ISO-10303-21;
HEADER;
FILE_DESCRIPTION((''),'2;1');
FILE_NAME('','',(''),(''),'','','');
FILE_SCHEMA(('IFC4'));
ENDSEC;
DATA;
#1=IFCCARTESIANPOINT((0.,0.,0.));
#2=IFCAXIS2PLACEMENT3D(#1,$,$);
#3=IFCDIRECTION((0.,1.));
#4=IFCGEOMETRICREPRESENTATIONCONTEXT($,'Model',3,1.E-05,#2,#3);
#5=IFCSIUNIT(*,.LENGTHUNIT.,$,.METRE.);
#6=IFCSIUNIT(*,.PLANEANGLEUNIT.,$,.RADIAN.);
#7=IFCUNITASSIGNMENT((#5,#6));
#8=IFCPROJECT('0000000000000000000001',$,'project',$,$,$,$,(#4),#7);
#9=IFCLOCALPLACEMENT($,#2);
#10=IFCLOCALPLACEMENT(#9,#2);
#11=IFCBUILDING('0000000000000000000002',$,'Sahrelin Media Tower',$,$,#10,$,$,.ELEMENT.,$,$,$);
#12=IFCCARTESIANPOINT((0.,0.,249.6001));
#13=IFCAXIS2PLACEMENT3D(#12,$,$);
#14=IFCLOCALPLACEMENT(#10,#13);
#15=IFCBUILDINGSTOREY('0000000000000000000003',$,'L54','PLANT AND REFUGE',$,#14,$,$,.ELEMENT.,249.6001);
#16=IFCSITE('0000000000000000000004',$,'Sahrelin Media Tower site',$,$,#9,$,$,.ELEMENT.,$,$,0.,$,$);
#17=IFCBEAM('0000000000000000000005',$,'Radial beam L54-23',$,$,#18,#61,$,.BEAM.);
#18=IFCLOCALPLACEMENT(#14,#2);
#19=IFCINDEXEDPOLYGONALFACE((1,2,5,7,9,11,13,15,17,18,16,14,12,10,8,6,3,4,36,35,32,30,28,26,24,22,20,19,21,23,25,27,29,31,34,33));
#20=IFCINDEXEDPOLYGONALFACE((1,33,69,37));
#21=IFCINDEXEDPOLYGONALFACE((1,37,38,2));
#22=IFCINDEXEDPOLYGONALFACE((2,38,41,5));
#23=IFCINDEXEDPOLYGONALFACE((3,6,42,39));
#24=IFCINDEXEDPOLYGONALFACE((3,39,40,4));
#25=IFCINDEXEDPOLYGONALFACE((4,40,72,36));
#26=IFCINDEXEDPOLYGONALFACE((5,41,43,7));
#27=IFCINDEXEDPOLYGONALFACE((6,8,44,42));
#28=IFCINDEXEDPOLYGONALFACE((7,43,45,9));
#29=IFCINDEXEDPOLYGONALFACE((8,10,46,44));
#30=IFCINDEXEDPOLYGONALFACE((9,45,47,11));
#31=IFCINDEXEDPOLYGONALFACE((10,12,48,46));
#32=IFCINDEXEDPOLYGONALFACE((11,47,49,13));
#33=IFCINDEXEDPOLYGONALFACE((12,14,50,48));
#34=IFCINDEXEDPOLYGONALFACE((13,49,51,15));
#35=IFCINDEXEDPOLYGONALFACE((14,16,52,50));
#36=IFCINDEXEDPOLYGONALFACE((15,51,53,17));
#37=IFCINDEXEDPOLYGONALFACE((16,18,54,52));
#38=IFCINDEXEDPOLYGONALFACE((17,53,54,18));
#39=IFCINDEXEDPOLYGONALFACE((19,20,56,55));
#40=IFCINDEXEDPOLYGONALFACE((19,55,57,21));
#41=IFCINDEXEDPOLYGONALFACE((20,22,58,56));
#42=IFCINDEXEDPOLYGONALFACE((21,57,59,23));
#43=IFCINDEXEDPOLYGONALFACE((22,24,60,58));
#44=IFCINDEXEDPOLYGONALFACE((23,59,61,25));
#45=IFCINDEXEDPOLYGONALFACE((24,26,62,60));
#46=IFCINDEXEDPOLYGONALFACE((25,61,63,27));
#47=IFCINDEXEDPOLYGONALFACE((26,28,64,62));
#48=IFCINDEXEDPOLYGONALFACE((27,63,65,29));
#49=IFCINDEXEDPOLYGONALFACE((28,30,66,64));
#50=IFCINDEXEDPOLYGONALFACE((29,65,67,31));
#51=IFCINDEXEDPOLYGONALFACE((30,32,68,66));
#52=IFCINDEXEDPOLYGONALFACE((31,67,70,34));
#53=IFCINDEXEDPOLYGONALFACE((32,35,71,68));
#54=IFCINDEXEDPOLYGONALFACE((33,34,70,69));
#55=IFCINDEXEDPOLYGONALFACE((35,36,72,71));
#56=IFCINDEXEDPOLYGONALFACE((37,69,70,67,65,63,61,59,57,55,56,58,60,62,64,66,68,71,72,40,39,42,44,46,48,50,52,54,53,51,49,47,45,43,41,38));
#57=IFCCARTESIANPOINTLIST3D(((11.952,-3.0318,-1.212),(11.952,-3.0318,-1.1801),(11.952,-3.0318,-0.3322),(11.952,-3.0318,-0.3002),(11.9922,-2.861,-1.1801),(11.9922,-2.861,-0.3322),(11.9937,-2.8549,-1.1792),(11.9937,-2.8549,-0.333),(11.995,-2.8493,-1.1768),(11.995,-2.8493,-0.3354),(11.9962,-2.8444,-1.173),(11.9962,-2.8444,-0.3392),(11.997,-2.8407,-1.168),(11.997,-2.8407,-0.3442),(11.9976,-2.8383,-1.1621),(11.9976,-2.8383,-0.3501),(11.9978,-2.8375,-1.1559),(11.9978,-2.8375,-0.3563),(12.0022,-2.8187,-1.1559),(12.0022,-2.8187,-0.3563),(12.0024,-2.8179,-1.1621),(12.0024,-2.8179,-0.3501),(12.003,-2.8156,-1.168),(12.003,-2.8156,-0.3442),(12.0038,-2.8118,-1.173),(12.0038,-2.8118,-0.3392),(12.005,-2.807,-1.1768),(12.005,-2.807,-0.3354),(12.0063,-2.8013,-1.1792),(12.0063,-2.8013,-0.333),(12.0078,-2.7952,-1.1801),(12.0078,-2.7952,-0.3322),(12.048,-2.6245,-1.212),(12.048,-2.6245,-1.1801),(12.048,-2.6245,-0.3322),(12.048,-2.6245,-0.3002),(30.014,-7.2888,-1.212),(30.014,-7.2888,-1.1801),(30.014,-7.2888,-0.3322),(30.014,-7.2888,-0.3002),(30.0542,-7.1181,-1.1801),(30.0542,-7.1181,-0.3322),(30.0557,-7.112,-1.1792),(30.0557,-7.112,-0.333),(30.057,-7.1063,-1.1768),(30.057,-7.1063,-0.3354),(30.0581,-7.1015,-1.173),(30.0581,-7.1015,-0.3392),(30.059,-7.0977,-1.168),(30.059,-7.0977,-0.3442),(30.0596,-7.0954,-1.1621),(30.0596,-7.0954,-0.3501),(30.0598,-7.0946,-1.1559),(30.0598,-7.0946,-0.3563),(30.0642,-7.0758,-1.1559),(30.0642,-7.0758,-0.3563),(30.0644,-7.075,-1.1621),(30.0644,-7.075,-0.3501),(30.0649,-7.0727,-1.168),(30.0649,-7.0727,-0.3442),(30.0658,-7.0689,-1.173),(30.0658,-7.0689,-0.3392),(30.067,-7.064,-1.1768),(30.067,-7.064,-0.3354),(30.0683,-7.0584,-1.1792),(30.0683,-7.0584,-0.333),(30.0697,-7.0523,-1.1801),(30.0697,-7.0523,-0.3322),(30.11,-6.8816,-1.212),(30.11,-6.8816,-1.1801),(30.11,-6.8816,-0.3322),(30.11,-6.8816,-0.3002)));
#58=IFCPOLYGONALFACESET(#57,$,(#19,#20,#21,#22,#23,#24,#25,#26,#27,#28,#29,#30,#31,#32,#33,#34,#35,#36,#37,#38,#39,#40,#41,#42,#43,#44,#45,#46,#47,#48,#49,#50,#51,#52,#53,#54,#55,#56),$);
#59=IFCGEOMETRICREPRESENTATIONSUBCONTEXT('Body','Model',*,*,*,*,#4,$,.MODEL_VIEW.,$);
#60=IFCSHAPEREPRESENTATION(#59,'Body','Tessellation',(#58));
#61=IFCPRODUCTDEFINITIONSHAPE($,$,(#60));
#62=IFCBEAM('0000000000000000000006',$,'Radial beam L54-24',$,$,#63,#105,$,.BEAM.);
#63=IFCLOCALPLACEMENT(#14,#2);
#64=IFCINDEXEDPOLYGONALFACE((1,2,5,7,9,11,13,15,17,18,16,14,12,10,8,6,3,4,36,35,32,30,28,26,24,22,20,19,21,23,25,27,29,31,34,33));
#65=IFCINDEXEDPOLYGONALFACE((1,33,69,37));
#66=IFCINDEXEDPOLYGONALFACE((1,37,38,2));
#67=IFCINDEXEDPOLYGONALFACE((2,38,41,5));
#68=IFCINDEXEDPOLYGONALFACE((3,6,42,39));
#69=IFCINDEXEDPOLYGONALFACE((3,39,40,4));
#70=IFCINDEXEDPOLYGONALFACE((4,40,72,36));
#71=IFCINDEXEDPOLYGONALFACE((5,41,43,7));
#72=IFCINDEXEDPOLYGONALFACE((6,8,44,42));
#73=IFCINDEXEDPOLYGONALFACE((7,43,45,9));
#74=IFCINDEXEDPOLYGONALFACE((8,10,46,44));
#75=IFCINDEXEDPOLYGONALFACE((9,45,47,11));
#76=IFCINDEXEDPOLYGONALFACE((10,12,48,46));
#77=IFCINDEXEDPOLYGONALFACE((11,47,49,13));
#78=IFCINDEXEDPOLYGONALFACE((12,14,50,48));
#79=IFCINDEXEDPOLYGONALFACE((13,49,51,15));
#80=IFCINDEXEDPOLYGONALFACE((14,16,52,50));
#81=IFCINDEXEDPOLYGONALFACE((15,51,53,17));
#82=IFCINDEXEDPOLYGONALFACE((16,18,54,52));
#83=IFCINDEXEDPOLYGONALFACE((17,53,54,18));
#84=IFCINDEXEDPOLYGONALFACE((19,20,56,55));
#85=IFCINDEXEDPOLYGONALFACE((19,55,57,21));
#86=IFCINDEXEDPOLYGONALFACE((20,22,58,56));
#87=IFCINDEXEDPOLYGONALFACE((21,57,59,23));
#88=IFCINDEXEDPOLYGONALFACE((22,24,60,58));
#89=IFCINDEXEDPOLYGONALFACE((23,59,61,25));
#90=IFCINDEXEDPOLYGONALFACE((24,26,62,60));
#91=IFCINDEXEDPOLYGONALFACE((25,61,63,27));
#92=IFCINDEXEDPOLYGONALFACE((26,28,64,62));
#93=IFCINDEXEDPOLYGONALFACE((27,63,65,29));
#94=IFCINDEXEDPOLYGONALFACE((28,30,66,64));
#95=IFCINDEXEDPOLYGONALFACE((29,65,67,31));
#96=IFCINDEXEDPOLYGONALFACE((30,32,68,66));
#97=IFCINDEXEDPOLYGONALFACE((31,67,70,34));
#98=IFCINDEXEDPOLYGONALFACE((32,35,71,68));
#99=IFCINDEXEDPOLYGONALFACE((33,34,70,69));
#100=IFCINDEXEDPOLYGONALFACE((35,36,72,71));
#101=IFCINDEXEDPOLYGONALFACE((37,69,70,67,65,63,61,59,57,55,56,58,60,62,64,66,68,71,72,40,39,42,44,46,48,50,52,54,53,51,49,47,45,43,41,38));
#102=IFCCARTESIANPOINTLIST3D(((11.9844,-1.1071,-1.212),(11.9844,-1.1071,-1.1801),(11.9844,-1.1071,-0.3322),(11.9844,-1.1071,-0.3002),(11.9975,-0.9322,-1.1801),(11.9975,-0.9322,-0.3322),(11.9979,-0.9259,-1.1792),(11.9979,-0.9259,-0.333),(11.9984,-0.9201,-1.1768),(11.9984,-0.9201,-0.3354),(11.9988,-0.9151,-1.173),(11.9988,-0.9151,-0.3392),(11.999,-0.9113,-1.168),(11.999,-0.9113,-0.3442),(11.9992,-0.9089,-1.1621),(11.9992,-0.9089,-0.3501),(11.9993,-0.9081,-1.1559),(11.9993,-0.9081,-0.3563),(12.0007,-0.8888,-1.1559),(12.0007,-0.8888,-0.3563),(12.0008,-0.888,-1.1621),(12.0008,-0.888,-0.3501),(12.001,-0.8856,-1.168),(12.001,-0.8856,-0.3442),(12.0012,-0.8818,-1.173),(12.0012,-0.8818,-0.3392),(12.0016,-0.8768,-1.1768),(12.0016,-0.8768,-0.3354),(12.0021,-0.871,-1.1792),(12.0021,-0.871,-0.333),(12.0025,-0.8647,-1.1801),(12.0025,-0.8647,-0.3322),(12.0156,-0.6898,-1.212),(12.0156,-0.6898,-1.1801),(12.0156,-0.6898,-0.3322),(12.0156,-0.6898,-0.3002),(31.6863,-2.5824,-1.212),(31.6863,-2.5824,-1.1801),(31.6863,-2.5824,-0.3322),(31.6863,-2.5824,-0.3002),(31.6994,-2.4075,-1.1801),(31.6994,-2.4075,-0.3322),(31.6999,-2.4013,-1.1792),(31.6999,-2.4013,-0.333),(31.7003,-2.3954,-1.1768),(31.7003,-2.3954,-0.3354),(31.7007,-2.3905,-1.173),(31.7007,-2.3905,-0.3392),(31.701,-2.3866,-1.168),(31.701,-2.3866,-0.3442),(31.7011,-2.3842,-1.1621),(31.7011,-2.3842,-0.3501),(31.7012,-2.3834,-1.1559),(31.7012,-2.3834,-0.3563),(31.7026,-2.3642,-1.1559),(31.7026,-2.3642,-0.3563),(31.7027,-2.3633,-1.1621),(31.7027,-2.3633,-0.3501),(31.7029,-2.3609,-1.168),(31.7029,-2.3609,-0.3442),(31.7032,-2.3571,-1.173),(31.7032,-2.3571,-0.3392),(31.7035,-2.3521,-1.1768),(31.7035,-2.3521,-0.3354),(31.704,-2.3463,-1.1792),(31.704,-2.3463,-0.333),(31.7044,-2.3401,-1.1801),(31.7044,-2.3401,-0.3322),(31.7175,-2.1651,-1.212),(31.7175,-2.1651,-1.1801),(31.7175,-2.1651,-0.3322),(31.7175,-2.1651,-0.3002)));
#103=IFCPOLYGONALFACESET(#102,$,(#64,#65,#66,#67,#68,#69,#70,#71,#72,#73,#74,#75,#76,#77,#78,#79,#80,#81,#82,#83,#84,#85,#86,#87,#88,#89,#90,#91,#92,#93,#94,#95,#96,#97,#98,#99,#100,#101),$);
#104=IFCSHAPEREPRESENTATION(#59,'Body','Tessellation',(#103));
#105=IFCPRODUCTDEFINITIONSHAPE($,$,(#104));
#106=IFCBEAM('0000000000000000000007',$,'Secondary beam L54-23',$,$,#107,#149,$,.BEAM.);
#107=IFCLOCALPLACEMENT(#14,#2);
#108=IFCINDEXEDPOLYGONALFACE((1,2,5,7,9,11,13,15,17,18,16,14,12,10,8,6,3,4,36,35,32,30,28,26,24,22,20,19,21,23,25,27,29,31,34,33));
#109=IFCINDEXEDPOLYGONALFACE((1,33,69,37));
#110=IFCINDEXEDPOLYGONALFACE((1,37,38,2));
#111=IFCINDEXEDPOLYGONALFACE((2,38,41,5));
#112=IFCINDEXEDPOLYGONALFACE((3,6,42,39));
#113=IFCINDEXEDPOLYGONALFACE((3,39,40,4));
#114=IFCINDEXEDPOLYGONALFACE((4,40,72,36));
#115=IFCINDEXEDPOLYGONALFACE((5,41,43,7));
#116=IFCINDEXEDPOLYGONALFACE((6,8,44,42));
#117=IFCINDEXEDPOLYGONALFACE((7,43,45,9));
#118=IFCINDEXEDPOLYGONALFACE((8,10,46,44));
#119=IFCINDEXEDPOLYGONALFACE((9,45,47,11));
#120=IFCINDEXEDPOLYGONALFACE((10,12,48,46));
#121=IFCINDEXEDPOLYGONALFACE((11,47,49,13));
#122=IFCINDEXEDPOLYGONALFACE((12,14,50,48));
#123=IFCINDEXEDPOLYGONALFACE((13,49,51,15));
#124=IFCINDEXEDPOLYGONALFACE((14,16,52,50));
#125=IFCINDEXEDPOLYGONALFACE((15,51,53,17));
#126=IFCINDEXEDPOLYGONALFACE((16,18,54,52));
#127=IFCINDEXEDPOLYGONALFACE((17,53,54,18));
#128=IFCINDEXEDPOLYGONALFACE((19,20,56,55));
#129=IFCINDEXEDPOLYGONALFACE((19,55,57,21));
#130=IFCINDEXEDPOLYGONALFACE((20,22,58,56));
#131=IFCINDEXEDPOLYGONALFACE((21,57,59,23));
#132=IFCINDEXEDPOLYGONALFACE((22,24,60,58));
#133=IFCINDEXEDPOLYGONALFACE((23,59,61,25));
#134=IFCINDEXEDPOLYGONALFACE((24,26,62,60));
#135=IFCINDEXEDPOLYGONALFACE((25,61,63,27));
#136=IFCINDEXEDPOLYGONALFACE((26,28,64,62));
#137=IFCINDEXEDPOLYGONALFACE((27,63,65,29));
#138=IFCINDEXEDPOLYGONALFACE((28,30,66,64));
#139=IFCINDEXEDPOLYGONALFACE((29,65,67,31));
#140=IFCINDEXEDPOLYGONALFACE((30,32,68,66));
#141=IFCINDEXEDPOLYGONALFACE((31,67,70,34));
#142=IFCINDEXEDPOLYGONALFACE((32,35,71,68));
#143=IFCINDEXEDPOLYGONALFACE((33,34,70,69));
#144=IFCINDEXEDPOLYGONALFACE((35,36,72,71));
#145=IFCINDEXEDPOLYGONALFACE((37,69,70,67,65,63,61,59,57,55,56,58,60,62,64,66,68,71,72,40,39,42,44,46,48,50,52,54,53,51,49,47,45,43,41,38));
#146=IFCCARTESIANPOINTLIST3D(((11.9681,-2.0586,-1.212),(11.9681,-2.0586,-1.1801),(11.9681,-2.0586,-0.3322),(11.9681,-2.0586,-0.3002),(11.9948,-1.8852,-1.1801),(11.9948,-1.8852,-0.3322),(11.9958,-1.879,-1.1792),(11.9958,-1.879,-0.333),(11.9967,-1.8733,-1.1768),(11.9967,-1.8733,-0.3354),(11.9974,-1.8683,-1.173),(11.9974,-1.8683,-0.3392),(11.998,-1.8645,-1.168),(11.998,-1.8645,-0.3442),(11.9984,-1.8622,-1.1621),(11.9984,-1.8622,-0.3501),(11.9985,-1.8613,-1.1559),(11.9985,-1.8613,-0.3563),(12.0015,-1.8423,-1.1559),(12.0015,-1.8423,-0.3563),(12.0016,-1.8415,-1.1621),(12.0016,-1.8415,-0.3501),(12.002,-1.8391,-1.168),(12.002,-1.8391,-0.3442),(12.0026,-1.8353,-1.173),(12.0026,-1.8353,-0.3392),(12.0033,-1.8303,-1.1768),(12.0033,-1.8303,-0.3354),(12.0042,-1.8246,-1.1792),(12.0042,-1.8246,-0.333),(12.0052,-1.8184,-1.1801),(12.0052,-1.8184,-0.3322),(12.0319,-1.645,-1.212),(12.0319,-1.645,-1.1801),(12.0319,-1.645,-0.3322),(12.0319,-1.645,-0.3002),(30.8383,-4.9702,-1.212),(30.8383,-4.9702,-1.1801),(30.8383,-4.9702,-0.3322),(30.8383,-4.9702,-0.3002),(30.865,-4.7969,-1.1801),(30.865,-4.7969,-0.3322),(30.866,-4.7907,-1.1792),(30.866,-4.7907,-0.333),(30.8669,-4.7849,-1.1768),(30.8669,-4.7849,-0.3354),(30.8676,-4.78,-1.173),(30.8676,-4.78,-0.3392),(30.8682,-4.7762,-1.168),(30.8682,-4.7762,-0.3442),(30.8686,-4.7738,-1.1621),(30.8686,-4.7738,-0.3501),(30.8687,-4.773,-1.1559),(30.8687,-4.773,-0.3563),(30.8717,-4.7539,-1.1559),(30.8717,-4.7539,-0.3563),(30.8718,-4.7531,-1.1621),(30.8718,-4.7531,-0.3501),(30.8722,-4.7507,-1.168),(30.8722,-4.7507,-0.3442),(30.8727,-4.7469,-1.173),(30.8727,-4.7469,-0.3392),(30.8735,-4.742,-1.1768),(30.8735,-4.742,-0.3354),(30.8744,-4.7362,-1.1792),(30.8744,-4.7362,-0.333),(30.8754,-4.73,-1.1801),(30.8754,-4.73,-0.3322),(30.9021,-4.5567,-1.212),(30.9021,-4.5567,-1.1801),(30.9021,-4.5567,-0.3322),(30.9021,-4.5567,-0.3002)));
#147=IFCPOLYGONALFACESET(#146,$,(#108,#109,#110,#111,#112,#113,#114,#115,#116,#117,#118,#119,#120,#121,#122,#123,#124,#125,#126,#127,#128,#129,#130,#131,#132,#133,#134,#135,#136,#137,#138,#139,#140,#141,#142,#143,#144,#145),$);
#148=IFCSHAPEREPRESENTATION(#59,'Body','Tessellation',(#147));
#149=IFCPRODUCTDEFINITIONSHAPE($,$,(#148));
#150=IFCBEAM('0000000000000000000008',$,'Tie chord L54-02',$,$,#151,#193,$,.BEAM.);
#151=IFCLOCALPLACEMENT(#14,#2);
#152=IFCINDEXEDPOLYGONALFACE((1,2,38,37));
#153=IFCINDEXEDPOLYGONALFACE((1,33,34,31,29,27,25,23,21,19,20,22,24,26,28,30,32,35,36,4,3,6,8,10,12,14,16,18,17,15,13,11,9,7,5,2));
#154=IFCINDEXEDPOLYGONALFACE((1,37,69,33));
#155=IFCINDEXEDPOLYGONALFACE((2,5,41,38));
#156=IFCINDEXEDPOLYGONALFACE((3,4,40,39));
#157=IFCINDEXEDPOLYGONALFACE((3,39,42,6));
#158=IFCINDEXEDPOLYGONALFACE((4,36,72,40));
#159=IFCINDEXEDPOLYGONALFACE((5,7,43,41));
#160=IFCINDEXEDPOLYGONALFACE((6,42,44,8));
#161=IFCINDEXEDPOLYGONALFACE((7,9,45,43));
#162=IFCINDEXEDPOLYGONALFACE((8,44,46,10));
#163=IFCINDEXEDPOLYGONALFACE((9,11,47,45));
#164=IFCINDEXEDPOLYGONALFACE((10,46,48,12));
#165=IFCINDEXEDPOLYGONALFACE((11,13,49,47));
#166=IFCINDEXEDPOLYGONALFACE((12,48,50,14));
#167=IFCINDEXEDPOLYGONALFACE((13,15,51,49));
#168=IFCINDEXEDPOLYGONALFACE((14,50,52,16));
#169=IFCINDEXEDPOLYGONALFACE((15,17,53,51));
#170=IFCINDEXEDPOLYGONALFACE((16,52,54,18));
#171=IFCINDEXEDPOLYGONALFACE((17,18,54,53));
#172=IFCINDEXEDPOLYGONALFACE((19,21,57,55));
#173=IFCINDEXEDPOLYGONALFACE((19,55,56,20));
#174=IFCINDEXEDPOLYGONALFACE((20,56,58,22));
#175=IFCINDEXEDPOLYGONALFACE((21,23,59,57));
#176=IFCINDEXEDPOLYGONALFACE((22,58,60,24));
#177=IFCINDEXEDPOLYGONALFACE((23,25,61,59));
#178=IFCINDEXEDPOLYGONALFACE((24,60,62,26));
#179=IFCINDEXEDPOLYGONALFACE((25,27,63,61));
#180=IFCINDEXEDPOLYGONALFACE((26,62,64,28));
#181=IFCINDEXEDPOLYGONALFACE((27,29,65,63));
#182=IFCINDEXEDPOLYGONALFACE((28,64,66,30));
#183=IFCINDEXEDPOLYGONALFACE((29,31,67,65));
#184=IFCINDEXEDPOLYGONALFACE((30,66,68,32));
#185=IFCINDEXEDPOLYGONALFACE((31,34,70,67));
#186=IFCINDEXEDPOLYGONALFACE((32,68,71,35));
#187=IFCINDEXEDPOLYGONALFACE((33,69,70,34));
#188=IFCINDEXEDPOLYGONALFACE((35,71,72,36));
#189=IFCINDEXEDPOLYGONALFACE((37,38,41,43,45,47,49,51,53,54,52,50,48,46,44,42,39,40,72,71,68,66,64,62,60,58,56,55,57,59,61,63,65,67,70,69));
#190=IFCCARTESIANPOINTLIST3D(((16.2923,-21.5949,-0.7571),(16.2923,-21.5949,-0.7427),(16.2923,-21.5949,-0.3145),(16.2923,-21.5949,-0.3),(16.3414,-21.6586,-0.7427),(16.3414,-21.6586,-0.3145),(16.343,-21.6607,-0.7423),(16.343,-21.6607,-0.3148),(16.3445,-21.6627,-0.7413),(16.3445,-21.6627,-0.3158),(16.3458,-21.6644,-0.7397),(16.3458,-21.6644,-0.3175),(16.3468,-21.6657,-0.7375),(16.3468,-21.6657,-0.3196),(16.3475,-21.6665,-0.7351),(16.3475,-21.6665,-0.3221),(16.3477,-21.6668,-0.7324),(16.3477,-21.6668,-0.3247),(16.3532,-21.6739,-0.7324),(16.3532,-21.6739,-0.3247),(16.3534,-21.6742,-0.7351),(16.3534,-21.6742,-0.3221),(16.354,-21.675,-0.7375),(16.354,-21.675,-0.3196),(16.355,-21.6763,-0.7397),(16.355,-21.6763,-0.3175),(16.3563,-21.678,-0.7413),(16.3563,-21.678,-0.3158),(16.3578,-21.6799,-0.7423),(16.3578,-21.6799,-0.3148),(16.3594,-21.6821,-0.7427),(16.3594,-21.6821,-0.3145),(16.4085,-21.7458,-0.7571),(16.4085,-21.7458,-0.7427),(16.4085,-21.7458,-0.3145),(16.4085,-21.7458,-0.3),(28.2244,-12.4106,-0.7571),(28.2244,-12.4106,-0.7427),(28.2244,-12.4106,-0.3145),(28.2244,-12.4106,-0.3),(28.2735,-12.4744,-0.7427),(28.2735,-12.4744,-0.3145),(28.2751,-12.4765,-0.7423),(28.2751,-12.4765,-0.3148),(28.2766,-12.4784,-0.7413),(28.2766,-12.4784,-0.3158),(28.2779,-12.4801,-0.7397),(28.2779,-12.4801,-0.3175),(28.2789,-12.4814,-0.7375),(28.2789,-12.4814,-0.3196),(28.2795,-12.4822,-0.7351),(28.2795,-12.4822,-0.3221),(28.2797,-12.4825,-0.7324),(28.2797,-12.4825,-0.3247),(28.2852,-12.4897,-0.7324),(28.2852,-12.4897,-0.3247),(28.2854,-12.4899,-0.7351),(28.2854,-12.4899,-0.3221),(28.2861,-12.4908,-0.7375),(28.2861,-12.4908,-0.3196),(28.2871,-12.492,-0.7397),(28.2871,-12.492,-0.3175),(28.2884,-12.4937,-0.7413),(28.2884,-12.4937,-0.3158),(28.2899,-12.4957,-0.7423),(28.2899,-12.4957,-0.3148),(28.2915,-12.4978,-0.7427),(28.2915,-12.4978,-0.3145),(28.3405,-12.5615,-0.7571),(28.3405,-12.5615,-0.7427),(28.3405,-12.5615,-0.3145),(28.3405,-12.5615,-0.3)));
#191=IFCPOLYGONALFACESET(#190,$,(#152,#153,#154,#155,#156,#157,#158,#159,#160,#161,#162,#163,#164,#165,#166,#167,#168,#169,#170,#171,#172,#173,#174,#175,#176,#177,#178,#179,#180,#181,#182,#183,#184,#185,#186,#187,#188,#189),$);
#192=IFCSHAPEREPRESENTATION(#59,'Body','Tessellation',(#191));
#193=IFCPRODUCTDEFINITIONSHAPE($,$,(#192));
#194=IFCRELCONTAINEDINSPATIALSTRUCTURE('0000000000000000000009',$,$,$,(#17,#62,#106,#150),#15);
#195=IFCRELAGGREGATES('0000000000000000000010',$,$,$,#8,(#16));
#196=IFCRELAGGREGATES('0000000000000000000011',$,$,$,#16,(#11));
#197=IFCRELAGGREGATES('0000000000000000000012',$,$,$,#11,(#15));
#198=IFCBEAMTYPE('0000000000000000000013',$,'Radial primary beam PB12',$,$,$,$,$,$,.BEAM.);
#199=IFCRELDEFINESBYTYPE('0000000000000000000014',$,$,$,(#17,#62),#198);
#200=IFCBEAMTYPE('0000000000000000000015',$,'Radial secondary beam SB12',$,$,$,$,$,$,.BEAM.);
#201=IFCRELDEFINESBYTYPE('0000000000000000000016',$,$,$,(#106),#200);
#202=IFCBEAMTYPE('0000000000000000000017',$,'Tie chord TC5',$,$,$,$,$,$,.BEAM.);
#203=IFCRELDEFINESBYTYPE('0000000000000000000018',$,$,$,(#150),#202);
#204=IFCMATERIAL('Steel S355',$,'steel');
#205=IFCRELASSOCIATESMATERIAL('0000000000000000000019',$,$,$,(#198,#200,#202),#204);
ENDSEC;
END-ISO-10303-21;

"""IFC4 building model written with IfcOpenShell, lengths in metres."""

from ifc_helpers import new_model, si_unit, direction, frame, origin, origin_2d, place, context, subcontext, project, spatial, i_section, extrude, material, material_profile, profile_set, type_object, element, save


model = new_model("IFC4")

# Units and contexts
model_context = context("Model", 3, precision=1e-05, world=origin(), true_north=direction((0.0, 1.0)))
body_context = subcontext(model_context, "Body", "Model", "MODEL_VIEW")
ifc_project = project(units=[si_unit("LENGTHUNIT", "METRE"), si_unit("PLANEANGLEUNIT", "RADIAN")], contexts=[model_context])

# Site, building, storey
site_placement = place(None, origin())
site = spatial("IfcSite", under=ifc_project, at=site_placement, Name="Sahrelin Media Tower site", CompositionType="ELEMENT", RefElevation=0.0)
building_placement = place(site_placement, origin())
building = spatial("IfcBuilding", under=site, at=building_placement, Name="Sahrelin Media Tower", CompositionType="ELEMENT")
storey_placement = place(building_placement, frame((0.0, 0.0, 249.6001)))
storey = spatial("IfcBuildingStorey", under=building, at=storey_placement, Name="L54", Description="PLANT AND REFUGE", CompositionType="ELEMENT", Elevation=249.6001)

# Beams
ifc_material_1 = material(Name="Steel S355", Category="steel")
ifc_material_profile_1 = material_profile(ifc_material_1, i_section(OverallWidth=0.4185, OverallDepth=0.9119, WebThickness=0.0193, FlangeThickness=0.032, FilletRadius=0.0242, at=origin_2d()), Name="UB 914x419x343")
ifc_profile_set_1 = profile_set([ifc_material_profile_1], Name="Steel S355")
beam_type_1 = type_object("IfcBeamType", Name="Radial primary beam PB12", PredefinedType="BEAM", material=ifc_profile_set_1)
beam_1_placement = place(storey_placement, frame((12.0, -2.8281, -0.7561), z_axis=(0.973331, -0.229407, 0.0), x_axis=(0.229407, 0.973331, 0.0)))
element("IfcBeam", 1, at=beam_1_placement, inside=storey, type_object=beam_type_1, Name="Radial beam L54-23", PredefinedType="BEAM", context=body_context, shape_type="SweptSolid", body=[
    extrude(i_section(OverallWidth=0.4185, OverallDepth=0.9119, WebThickness=0.0193, FlangeThickness=0.032, FilletRadius=0.0242, at=origin_2d()), origin(), (0.0, 0.0, 1.0), 18.5569),
])
beam_2_placement = place(storey_placement, frame((12.0, -0.8984, -0.7561), z_axis=(0.997208, -0.074674, 0.0), x_axis=(0.074674, 0.997208, 0.0)))
element("IfcBeam", 2, at=beam_2_placement, inside=storey, type_object=beam_type_1, Name="Radial beam L54-24", PredefinedType="BEAM", context=body_context, shape_type="SweptSolid", body=[
    extrude(i_section(OverallWidth=0.4185, OverallDepth=0.9119, WebThickness=0.0193, FlangeThickness=0.032, FilletRadius=0.0242, at=origin_2d()), origin(), (0.0, 0.0, 1.0), 19.7571),
])
ifc_material_profile_2 = material_profile(ifc_material_1, i_section(OverallWidth=0.4185, OverallDepth=0.9119, WebThickness=0.0193, FlangeThickness=0.032, FilletRadius=0.0242, at=origin_2d()), Name="UB 914x419x343")
ifc_profile_set_2 = profile_set([ifc_material_profile_2], Name="Steel S355")
beam_type_2 = type_object("IfcBeamType", Name="Radial secondary beam SB12", PredefinedType="BEAM", material=ifc_profile_set_2)
beam_3_placement = place(storey_placement, frame((12.0, -1.8518, -0.7561), z_axis=(0.988304, -0.152493, 0.0), x_axis=(0.152493, 0.988304, 0.0)))
element("IfcBeam", 3, at=beam_3_placement, inside=storey, type_object=beam_type_2, Name="Secondary beam L54-23", PredefinedType="BEAM", context=body_context, shape_type="SweptSolid", body=[
    extrude(i_section(OverallWidth=0.4185, OverallDepth=0.9119, WebThickness=0.0193, FlangeThickness=0.032, FilletRadius=0.0242, at=origin_2d()), origin(), (0.0, 0.0, 1.0), 19.0935),
])
ifc_material_profile_3 = material_profile(ifc_material_1, i_section(OverallWidth=0.1904, OverallDepth=0.457, WebThickness=0.009, FlangeThickness=0.0144, FilletRadius=0.0103, at=origin_2d()), Name="UB 457x191x74")
ifc_profile_set_3 = profile_set([ifc_material_profile_3], Name="Steel S355")
beam_type_3 = type_object("IfcBeamType", Name="Tie chord TC5", PredefinedType="BEAM", material=ifc_profile_set_3)
beam_4_placement = place(storey_placement, frame((28.2825, -12.4861, -0.5286), z_axis=(-0.792439, -0.609951, 0.0), x_axis=(0.609951, -0.792439, 0.0)))
element("IfcBeam", 4, at=beam_4_placement, inside=storey, type_object=beam_type_3, Name="Tie chord L54-02", PredefinedType="BEAM", context=body_context, shape_type="SweptSolid", body=[
    extrude(i_section(OverallWidth=0.1904, OverallDepth=0.457, WebThickness=0.009, FlangeThickness=0.0144, FilletRadius=0.0103, at=origin_2d()), origin(), (0.0, 0.0, 1.0), 15.0574),
])

save(model, "model.ifc")
